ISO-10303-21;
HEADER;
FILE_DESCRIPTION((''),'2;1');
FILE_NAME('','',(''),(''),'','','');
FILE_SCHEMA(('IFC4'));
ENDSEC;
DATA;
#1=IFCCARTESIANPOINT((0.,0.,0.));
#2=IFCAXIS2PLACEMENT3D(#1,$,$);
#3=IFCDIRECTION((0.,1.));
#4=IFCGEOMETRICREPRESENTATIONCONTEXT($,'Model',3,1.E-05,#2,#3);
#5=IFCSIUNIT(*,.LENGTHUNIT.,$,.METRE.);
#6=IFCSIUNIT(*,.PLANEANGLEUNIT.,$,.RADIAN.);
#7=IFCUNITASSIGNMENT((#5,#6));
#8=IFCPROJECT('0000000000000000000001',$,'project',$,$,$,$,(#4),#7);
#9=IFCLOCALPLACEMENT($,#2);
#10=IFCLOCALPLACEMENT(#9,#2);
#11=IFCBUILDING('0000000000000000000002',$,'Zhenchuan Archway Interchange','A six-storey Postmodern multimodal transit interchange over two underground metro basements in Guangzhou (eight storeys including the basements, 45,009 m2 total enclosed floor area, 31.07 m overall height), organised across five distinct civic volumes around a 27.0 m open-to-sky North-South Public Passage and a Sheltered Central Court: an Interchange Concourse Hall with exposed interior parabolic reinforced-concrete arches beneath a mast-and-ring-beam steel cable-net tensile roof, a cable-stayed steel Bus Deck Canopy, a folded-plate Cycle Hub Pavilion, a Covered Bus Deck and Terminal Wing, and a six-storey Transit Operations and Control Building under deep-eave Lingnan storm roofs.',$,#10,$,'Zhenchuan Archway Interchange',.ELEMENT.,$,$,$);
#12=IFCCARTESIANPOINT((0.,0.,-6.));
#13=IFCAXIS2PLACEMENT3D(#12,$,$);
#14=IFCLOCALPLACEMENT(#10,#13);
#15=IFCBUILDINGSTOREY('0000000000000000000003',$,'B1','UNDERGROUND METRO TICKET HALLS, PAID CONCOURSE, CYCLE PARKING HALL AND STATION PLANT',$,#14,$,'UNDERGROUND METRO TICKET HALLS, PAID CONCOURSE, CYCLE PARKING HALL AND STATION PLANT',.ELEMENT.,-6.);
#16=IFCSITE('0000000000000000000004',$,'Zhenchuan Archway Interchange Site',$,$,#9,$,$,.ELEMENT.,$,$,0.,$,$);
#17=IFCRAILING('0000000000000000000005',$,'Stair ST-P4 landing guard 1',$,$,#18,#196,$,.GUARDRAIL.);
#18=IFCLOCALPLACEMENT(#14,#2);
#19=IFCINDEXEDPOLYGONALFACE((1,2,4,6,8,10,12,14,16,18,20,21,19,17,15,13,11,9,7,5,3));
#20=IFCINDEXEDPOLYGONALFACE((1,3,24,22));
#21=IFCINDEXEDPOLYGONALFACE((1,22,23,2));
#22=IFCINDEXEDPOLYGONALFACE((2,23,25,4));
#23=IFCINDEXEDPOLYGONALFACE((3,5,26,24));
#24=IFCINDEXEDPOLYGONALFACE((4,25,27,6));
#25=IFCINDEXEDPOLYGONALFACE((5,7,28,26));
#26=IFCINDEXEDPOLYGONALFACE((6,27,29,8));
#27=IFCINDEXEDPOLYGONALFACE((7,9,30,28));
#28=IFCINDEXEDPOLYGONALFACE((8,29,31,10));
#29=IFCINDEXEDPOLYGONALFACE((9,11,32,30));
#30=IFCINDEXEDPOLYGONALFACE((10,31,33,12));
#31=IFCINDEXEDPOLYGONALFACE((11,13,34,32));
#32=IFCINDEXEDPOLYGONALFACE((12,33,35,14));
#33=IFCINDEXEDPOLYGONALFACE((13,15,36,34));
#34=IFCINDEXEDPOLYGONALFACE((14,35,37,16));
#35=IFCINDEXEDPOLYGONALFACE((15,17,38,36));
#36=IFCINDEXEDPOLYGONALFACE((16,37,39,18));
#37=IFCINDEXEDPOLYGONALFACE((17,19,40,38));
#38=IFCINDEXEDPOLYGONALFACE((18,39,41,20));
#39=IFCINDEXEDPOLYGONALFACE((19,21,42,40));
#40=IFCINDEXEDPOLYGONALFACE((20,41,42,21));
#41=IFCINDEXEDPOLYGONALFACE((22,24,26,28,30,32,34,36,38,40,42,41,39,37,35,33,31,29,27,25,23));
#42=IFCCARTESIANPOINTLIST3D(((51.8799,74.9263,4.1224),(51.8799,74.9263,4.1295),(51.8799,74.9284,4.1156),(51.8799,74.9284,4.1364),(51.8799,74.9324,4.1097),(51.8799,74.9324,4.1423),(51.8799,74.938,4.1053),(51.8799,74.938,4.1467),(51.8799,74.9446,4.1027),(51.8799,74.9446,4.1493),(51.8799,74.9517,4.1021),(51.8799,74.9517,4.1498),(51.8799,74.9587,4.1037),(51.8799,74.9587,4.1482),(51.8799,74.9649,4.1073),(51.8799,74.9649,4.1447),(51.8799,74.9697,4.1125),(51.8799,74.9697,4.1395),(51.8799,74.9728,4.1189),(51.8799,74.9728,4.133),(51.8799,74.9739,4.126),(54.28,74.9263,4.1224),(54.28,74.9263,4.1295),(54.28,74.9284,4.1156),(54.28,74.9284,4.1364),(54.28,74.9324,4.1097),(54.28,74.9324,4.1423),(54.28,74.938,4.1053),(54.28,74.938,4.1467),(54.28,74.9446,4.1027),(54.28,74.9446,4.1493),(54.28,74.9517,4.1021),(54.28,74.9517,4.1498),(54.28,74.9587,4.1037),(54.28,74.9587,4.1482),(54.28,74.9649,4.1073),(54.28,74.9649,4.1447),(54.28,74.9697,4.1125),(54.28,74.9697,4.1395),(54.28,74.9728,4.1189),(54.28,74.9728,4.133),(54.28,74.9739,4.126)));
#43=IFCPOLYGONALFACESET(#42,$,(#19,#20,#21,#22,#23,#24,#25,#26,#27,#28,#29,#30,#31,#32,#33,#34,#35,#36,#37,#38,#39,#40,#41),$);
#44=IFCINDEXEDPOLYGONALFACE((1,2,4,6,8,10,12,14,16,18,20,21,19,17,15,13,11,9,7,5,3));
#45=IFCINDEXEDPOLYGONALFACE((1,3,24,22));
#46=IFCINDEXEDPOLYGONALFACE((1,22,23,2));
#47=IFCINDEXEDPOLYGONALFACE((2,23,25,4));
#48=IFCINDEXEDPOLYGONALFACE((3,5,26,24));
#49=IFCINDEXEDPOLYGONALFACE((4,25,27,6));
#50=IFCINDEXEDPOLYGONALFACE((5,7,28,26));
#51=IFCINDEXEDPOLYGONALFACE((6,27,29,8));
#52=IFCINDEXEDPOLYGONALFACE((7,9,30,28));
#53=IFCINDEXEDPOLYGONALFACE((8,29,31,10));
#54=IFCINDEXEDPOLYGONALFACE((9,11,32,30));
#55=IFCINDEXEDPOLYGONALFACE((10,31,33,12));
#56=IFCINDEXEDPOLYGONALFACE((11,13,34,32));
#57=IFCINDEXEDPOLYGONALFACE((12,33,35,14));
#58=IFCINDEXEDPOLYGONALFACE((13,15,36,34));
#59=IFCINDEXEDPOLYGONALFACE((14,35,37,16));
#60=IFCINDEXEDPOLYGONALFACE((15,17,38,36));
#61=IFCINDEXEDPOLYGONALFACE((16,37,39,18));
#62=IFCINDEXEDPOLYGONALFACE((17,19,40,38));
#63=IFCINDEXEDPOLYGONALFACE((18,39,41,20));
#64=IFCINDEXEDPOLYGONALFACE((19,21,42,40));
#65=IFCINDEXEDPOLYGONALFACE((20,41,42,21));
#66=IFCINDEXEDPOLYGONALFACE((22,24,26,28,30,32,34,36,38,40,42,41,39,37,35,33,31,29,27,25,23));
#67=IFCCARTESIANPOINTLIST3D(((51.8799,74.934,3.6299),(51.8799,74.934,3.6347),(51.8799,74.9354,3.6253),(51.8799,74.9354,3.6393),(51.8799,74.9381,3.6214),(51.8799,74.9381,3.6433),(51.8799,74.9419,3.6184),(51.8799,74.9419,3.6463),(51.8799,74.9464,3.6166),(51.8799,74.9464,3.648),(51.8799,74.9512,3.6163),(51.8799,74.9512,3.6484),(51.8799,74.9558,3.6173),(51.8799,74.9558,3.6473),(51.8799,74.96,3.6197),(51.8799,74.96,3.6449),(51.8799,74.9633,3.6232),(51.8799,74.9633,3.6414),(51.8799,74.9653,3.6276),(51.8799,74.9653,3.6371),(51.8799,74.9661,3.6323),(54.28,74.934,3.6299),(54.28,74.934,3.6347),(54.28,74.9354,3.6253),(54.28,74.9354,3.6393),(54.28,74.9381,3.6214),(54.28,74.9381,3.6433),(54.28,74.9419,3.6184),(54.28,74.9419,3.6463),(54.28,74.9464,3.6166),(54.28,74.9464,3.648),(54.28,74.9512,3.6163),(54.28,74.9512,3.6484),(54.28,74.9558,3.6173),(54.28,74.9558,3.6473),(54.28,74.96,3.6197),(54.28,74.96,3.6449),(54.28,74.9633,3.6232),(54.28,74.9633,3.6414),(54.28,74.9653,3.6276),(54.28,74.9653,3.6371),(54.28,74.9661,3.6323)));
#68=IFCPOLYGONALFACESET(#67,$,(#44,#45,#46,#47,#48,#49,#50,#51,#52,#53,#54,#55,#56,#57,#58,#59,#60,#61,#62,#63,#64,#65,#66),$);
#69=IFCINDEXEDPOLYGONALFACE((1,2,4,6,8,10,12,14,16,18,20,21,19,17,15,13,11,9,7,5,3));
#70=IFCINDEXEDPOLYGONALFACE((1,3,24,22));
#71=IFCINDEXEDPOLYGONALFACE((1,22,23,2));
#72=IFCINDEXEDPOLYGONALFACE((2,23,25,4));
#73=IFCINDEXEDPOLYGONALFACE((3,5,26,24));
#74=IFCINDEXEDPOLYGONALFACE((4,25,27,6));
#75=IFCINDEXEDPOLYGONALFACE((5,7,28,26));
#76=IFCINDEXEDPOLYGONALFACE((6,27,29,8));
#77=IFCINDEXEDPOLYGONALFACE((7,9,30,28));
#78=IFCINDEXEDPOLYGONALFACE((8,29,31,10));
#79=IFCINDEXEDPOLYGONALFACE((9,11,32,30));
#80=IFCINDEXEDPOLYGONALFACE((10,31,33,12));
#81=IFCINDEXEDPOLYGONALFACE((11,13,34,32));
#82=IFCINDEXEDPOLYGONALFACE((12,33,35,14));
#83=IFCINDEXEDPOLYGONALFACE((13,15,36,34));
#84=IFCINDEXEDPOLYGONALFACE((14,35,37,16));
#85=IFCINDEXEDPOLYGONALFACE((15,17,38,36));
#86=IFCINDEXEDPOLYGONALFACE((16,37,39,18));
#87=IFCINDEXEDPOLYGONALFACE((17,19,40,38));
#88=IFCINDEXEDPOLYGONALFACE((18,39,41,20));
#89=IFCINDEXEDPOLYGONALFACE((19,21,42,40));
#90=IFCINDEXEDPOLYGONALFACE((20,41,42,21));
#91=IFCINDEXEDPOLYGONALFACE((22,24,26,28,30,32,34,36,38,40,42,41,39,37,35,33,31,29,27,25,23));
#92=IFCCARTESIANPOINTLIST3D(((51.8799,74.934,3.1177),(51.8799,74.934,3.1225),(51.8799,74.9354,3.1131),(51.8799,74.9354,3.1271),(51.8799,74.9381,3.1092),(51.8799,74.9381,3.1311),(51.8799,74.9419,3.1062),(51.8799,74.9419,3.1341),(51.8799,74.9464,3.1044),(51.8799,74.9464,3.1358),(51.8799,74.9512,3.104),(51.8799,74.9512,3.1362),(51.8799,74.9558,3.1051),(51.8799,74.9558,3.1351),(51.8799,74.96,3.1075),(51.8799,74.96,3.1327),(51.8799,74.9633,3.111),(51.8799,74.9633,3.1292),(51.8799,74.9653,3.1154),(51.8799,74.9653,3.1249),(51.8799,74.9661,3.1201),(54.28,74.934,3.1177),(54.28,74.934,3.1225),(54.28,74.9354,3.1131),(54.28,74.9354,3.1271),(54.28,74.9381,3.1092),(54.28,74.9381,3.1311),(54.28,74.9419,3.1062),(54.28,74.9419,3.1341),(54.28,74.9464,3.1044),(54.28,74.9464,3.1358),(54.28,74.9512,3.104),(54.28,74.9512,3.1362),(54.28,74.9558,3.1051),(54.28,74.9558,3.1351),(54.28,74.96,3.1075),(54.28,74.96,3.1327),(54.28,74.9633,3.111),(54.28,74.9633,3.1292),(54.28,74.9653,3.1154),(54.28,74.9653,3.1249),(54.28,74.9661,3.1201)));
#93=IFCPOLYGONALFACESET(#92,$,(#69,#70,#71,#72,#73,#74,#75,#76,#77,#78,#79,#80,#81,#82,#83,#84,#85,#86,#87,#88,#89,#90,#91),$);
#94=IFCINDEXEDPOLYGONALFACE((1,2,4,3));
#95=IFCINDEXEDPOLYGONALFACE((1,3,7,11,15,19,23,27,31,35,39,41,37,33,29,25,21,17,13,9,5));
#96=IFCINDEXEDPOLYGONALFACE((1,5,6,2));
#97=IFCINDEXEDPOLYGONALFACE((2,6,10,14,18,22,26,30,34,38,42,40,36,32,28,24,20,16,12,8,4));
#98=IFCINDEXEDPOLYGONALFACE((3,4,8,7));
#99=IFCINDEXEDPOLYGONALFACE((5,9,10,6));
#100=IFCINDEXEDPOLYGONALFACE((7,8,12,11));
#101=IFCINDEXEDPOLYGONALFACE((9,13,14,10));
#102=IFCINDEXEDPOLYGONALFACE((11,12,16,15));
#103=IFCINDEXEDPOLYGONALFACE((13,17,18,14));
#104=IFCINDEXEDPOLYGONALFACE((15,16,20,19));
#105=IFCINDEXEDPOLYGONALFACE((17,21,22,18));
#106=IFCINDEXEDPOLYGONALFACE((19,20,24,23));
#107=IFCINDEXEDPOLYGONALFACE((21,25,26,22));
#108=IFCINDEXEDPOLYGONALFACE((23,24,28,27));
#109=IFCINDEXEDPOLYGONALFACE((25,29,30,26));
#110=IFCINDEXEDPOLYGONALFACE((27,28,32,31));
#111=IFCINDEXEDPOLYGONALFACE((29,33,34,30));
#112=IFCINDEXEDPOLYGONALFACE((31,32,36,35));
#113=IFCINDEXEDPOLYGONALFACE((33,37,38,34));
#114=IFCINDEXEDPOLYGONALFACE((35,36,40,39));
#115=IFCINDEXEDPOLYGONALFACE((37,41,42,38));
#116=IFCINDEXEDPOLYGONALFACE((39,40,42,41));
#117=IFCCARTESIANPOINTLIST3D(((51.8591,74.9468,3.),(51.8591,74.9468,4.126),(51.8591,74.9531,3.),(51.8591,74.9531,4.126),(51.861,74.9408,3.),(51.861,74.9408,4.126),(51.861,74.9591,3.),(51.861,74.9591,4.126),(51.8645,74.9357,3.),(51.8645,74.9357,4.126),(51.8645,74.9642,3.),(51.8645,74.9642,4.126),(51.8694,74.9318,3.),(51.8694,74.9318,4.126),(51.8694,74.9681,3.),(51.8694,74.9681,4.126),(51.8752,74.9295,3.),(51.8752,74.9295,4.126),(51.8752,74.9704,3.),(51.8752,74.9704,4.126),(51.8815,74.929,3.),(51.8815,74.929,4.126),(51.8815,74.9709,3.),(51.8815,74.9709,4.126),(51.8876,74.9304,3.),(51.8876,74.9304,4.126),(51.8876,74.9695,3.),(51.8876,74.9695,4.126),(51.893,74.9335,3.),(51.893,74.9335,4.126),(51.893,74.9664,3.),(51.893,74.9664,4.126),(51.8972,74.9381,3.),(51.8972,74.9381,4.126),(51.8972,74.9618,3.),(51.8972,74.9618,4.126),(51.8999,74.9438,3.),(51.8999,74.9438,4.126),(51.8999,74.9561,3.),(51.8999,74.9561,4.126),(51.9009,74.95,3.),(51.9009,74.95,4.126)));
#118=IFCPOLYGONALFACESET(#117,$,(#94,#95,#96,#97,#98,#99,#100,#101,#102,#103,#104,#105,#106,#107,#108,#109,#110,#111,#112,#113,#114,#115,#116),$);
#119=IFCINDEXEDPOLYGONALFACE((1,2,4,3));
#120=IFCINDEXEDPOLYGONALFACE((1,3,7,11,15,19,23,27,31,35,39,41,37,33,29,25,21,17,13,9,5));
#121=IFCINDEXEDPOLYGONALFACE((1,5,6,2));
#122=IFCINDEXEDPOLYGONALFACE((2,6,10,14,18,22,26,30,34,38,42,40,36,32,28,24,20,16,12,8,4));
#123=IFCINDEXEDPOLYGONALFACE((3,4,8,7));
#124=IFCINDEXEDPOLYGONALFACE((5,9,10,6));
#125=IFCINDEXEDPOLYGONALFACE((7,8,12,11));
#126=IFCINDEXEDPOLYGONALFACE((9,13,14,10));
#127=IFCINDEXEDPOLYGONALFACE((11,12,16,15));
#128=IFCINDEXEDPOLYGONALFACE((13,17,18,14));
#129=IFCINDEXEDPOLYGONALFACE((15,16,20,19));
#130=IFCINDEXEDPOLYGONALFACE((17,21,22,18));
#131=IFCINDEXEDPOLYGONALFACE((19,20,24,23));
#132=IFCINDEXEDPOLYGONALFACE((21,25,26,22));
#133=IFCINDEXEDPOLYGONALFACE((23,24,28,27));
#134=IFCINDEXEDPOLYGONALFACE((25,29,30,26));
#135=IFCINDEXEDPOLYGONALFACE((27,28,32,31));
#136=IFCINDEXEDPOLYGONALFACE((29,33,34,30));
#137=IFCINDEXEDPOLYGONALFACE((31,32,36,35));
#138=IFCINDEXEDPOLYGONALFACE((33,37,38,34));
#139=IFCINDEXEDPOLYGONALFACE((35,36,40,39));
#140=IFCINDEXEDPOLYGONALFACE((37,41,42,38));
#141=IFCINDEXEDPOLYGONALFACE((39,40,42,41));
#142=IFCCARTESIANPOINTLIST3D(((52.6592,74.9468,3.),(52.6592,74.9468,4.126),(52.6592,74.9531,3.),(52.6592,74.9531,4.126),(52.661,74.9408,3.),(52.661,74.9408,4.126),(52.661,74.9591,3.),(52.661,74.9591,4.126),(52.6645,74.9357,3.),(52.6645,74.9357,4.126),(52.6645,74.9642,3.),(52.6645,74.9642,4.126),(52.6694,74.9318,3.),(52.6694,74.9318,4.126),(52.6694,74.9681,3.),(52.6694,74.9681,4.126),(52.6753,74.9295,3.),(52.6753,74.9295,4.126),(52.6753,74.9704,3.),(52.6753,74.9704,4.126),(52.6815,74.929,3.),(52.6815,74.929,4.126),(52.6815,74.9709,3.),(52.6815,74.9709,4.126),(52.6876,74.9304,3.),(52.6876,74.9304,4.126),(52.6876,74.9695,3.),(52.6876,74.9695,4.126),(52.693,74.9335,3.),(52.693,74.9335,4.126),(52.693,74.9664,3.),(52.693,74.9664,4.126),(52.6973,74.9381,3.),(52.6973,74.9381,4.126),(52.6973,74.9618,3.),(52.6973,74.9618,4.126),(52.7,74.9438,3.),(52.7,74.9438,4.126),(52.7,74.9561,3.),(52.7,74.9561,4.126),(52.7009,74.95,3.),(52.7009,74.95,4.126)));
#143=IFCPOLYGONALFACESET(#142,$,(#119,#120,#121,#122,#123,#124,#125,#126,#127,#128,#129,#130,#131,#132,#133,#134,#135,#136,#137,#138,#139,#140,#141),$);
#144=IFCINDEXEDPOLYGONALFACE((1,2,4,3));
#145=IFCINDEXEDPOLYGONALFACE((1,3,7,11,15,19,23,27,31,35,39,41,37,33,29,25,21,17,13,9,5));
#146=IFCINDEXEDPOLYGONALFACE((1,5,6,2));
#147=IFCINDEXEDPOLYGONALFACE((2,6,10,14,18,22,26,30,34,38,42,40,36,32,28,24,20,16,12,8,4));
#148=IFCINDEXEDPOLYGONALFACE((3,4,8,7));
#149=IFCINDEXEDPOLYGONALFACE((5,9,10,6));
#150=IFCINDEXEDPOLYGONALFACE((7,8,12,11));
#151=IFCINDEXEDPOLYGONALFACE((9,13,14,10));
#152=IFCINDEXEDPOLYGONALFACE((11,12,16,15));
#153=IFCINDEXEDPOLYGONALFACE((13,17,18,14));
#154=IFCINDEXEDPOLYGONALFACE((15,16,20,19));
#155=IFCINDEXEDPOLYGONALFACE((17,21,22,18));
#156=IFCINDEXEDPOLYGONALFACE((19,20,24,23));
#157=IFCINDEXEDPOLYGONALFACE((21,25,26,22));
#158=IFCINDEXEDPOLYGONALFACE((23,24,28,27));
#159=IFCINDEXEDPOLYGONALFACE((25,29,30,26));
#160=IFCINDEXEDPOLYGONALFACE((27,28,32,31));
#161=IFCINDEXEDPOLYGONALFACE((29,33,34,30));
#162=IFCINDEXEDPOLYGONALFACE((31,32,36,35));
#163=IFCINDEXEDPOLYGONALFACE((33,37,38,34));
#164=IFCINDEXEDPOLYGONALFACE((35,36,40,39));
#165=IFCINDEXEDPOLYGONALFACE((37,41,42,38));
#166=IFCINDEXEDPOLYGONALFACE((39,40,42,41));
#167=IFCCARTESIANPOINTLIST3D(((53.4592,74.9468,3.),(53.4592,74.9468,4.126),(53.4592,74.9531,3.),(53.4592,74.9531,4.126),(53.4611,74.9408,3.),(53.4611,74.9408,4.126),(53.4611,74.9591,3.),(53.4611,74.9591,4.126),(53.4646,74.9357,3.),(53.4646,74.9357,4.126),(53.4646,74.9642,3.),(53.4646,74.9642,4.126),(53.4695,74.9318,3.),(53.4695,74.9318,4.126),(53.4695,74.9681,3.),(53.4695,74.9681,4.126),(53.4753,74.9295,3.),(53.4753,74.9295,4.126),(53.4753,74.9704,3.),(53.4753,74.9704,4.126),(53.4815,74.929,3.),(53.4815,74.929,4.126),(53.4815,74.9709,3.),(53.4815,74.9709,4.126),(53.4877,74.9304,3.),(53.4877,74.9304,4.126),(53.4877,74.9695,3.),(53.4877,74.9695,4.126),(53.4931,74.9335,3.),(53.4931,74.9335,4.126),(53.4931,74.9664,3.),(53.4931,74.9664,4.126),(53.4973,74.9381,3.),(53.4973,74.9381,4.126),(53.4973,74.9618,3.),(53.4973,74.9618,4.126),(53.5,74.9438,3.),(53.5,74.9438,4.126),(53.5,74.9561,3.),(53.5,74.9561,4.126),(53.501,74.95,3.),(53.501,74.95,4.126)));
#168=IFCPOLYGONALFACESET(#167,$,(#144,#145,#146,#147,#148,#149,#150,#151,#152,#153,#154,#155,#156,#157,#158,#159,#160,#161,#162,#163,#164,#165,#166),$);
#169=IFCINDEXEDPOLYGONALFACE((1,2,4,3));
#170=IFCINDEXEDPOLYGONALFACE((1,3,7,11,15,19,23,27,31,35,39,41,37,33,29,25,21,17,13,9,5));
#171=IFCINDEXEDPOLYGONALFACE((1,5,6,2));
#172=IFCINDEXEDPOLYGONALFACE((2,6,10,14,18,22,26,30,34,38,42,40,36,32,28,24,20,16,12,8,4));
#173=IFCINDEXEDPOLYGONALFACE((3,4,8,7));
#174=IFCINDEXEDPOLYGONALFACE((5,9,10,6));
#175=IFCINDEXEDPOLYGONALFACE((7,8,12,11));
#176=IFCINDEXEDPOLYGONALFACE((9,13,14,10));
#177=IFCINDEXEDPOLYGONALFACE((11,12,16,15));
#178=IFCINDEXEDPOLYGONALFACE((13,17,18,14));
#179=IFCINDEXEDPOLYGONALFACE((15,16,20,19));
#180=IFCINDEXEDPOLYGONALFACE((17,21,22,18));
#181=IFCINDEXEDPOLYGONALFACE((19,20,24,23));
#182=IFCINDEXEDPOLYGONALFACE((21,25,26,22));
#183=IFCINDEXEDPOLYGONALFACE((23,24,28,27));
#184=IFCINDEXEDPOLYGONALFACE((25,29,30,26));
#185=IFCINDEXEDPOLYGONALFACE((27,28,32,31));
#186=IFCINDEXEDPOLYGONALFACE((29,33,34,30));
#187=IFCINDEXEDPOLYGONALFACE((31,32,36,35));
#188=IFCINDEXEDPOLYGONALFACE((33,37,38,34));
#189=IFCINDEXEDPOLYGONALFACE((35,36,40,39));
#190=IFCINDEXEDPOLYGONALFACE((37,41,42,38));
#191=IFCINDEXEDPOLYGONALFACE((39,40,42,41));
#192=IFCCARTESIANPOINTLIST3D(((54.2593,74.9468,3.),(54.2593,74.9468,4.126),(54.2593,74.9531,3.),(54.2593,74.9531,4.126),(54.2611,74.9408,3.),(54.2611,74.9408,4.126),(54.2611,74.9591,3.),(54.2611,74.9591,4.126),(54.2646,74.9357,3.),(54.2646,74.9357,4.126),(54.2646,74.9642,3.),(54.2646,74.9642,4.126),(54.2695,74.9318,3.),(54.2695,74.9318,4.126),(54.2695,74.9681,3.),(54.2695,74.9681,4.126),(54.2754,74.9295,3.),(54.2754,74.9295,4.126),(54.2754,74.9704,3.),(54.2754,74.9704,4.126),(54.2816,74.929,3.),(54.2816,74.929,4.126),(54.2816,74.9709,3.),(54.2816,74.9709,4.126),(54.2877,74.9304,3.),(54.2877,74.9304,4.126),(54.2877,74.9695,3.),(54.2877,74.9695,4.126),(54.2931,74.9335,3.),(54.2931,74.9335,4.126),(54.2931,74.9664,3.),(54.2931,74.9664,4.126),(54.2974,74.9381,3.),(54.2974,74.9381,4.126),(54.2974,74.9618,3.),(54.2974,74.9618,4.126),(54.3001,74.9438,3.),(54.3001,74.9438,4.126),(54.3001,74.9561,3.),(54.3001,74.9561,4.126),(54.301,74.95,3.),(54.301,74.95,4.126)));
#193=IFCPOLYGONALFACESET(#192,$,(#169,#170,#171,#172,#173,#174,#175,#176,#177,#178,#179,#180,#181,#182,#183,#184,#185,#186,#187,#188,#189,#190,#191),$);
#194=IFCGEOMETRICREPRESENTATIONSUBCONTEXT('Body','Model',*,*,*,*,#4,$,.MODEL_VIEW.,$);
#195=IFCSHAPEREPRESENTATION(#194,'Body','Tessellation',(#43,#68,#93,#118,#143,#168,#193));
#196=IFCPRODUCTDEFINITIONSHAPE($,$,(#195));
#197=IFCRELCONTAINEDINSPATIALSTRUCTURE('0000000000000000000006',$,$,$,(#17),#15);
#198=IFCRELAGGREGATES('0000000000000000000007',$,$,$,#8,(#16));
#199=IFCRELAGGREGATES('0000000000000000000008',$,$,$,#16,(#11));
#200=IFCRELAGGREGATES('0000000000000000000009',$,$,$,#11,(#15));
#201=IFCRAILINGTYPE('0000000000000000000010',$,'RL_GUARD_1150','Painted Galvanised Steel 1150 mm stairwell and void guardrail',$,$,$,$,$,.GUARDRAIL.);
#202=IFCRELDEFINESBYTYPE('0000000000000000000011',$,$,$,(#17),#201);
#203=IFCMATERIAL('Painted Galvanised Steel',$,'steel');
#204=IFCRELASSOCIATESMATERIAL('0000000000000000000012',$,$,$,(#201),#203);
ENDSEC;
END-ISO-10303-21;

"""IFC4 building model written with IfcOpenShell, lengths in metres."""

from ifc_helpers import new_model, si_unit, direction, frame, origin, origin_2d, place, context, subcontext, project, spatial, circle, extrude, material, type_object, element, save


model = new_model("IFC4")

# Units and contexts
model_context = context("Model", 3, precision=1e-05, world=origin(), true_north=direction((0.0, 1.0)))
body_context = subcontext(model_context, "Body", "Model", "MODEL_VIEW")
ifc_project = project(units=[si_unit("LENGTHUNIT", "METRE"), si_unit("PLANEANGLEUNIT", "RADIAN")], contexts=[model_context])

# Site, building, storey
site_placement = place(None, origin())
site = spatial("IfcSite", under=ifc_project, at=site_placement, Name="Zhenchuan Archway Interchange Site", CompositionType="ELEMENT", RefElevation=0.0)
building_placement = place(site_placement, origin())
building = spatial("IfcBuilding", under=site, at=building_placement, Name="Zhenchuan Archway Interchange", Description="A six-storey Postmodern multimodal transit interchange over two underground metro basements in Guangzhou (eight storeys including the basements, 45,009 m2 total enclosed floor area, 31.07 m overall height), organised across five distinct civic volumes around a 27.0 m open-to-sky North-South Public Passage and a Sheltered Central Court: an Interchange Concourse Hall with exposed interior parabolic reinforced-concrete arches beneath a mast-and-ring-beam steel cable-net tensile roof, a cable-stayed steel Bus Deck Canopy, a folded-plate Cycle Hub Pavilion, a Covered Bus Deck and Terminal Wing, and a six-storey Transit Operations and Control Building under deep-eave Lingnan storm roofs.", LongName="Zhenchuan Archway Interchange", CompositionType="ELEMENT")
storey_placement = place(building_placement, frame((0.0, 0.0, -6.0)))
storey = spatial("IfcBuildingStorey", under=building, at=storey_placement, Name="B1", Description="UNDERGROUND METRO TICKET HALLS, PAID CONCOURSE, CYCLE PARKING HALL AND STATION PLANT", LongName="UNDERGROUND METRO TICKET HALLS, PAID CONCOURSE, CYCLE PARKING HALL AND STATION PLANT", CompositionType="ELEMENT", Elevation=-6.0)

# Railing
ifc_material_1 = material(Name="Painted Galvanised Steel", Category="steel")
railing_type_1 = type_object("IfcRailingType", Name="RL_GUARD_1150", Description="Painted Galvanised Steel 1150 mm stairwell and void guardrail", PredefinedType="GUARDRAIL", material=ifc_material_1)
railing_placement = place(storey_placement, frame((51.8799, 74.95, 3.0)))
element("IfcRailing", 1, at=railing_placement, inside=storey, type_object=railing_type_1, Name="Stair ST-P4 landing guard 1", PredefinedType="GUARDRAIL", context=body_context, shape_type="SweptSolid", body=[
    extrude(circle(Radius=0.0239, at=origin_2d()), frame((0.0, 0.0, 1.126), z_axis=(1.0, 0.0, 0.0), x_axis=(0.0, 1.0, 0.0)), (0.0, 0.0, 1.0), 2.4001),
    extrude(circle(Radius=0.0161, at=origin_2d()), frame((0.0, 0.0, 0.6323), z_axis=(1.0, 0.0, 0.0), x_axis=(0.0, 1.0, 0.0)), (0.0, 0.0, 1.0), 2.4001),
    extrude(circle(Radius=0.0161, at=origin_2d()), frame((0.0, 0.0, 0.1201), z_axis=(1.0, 0.0, 0.0), x_axis=(0.0, 1.0, 0.0)), (0.0, 0.0, 1.0), 2.4001),
    extrude(circle(Radius=0.021, at=origin_2d()), origin(), (0.0, 0.0, 1.0), 1.126),
    extrude(circle(Radius=0.021, at=origin_2d()), frame((0.8, 0.0, 0.0)), (0.0, 0.0, 1.0), 1.126),
    extrude(circle(Radius=0.021, at=origin_2d()), frame((1.6001, 0.0, 0.0)), (0.0, 0.0, 1.0), 1.126),
    extrude(circle(Radius=0.021, at=origin_2d()), frame((2.4001, 0.0, 0.0)), (0.0, 0.0, 1.0), 1.126),
])

save(model, "model.ifc")
